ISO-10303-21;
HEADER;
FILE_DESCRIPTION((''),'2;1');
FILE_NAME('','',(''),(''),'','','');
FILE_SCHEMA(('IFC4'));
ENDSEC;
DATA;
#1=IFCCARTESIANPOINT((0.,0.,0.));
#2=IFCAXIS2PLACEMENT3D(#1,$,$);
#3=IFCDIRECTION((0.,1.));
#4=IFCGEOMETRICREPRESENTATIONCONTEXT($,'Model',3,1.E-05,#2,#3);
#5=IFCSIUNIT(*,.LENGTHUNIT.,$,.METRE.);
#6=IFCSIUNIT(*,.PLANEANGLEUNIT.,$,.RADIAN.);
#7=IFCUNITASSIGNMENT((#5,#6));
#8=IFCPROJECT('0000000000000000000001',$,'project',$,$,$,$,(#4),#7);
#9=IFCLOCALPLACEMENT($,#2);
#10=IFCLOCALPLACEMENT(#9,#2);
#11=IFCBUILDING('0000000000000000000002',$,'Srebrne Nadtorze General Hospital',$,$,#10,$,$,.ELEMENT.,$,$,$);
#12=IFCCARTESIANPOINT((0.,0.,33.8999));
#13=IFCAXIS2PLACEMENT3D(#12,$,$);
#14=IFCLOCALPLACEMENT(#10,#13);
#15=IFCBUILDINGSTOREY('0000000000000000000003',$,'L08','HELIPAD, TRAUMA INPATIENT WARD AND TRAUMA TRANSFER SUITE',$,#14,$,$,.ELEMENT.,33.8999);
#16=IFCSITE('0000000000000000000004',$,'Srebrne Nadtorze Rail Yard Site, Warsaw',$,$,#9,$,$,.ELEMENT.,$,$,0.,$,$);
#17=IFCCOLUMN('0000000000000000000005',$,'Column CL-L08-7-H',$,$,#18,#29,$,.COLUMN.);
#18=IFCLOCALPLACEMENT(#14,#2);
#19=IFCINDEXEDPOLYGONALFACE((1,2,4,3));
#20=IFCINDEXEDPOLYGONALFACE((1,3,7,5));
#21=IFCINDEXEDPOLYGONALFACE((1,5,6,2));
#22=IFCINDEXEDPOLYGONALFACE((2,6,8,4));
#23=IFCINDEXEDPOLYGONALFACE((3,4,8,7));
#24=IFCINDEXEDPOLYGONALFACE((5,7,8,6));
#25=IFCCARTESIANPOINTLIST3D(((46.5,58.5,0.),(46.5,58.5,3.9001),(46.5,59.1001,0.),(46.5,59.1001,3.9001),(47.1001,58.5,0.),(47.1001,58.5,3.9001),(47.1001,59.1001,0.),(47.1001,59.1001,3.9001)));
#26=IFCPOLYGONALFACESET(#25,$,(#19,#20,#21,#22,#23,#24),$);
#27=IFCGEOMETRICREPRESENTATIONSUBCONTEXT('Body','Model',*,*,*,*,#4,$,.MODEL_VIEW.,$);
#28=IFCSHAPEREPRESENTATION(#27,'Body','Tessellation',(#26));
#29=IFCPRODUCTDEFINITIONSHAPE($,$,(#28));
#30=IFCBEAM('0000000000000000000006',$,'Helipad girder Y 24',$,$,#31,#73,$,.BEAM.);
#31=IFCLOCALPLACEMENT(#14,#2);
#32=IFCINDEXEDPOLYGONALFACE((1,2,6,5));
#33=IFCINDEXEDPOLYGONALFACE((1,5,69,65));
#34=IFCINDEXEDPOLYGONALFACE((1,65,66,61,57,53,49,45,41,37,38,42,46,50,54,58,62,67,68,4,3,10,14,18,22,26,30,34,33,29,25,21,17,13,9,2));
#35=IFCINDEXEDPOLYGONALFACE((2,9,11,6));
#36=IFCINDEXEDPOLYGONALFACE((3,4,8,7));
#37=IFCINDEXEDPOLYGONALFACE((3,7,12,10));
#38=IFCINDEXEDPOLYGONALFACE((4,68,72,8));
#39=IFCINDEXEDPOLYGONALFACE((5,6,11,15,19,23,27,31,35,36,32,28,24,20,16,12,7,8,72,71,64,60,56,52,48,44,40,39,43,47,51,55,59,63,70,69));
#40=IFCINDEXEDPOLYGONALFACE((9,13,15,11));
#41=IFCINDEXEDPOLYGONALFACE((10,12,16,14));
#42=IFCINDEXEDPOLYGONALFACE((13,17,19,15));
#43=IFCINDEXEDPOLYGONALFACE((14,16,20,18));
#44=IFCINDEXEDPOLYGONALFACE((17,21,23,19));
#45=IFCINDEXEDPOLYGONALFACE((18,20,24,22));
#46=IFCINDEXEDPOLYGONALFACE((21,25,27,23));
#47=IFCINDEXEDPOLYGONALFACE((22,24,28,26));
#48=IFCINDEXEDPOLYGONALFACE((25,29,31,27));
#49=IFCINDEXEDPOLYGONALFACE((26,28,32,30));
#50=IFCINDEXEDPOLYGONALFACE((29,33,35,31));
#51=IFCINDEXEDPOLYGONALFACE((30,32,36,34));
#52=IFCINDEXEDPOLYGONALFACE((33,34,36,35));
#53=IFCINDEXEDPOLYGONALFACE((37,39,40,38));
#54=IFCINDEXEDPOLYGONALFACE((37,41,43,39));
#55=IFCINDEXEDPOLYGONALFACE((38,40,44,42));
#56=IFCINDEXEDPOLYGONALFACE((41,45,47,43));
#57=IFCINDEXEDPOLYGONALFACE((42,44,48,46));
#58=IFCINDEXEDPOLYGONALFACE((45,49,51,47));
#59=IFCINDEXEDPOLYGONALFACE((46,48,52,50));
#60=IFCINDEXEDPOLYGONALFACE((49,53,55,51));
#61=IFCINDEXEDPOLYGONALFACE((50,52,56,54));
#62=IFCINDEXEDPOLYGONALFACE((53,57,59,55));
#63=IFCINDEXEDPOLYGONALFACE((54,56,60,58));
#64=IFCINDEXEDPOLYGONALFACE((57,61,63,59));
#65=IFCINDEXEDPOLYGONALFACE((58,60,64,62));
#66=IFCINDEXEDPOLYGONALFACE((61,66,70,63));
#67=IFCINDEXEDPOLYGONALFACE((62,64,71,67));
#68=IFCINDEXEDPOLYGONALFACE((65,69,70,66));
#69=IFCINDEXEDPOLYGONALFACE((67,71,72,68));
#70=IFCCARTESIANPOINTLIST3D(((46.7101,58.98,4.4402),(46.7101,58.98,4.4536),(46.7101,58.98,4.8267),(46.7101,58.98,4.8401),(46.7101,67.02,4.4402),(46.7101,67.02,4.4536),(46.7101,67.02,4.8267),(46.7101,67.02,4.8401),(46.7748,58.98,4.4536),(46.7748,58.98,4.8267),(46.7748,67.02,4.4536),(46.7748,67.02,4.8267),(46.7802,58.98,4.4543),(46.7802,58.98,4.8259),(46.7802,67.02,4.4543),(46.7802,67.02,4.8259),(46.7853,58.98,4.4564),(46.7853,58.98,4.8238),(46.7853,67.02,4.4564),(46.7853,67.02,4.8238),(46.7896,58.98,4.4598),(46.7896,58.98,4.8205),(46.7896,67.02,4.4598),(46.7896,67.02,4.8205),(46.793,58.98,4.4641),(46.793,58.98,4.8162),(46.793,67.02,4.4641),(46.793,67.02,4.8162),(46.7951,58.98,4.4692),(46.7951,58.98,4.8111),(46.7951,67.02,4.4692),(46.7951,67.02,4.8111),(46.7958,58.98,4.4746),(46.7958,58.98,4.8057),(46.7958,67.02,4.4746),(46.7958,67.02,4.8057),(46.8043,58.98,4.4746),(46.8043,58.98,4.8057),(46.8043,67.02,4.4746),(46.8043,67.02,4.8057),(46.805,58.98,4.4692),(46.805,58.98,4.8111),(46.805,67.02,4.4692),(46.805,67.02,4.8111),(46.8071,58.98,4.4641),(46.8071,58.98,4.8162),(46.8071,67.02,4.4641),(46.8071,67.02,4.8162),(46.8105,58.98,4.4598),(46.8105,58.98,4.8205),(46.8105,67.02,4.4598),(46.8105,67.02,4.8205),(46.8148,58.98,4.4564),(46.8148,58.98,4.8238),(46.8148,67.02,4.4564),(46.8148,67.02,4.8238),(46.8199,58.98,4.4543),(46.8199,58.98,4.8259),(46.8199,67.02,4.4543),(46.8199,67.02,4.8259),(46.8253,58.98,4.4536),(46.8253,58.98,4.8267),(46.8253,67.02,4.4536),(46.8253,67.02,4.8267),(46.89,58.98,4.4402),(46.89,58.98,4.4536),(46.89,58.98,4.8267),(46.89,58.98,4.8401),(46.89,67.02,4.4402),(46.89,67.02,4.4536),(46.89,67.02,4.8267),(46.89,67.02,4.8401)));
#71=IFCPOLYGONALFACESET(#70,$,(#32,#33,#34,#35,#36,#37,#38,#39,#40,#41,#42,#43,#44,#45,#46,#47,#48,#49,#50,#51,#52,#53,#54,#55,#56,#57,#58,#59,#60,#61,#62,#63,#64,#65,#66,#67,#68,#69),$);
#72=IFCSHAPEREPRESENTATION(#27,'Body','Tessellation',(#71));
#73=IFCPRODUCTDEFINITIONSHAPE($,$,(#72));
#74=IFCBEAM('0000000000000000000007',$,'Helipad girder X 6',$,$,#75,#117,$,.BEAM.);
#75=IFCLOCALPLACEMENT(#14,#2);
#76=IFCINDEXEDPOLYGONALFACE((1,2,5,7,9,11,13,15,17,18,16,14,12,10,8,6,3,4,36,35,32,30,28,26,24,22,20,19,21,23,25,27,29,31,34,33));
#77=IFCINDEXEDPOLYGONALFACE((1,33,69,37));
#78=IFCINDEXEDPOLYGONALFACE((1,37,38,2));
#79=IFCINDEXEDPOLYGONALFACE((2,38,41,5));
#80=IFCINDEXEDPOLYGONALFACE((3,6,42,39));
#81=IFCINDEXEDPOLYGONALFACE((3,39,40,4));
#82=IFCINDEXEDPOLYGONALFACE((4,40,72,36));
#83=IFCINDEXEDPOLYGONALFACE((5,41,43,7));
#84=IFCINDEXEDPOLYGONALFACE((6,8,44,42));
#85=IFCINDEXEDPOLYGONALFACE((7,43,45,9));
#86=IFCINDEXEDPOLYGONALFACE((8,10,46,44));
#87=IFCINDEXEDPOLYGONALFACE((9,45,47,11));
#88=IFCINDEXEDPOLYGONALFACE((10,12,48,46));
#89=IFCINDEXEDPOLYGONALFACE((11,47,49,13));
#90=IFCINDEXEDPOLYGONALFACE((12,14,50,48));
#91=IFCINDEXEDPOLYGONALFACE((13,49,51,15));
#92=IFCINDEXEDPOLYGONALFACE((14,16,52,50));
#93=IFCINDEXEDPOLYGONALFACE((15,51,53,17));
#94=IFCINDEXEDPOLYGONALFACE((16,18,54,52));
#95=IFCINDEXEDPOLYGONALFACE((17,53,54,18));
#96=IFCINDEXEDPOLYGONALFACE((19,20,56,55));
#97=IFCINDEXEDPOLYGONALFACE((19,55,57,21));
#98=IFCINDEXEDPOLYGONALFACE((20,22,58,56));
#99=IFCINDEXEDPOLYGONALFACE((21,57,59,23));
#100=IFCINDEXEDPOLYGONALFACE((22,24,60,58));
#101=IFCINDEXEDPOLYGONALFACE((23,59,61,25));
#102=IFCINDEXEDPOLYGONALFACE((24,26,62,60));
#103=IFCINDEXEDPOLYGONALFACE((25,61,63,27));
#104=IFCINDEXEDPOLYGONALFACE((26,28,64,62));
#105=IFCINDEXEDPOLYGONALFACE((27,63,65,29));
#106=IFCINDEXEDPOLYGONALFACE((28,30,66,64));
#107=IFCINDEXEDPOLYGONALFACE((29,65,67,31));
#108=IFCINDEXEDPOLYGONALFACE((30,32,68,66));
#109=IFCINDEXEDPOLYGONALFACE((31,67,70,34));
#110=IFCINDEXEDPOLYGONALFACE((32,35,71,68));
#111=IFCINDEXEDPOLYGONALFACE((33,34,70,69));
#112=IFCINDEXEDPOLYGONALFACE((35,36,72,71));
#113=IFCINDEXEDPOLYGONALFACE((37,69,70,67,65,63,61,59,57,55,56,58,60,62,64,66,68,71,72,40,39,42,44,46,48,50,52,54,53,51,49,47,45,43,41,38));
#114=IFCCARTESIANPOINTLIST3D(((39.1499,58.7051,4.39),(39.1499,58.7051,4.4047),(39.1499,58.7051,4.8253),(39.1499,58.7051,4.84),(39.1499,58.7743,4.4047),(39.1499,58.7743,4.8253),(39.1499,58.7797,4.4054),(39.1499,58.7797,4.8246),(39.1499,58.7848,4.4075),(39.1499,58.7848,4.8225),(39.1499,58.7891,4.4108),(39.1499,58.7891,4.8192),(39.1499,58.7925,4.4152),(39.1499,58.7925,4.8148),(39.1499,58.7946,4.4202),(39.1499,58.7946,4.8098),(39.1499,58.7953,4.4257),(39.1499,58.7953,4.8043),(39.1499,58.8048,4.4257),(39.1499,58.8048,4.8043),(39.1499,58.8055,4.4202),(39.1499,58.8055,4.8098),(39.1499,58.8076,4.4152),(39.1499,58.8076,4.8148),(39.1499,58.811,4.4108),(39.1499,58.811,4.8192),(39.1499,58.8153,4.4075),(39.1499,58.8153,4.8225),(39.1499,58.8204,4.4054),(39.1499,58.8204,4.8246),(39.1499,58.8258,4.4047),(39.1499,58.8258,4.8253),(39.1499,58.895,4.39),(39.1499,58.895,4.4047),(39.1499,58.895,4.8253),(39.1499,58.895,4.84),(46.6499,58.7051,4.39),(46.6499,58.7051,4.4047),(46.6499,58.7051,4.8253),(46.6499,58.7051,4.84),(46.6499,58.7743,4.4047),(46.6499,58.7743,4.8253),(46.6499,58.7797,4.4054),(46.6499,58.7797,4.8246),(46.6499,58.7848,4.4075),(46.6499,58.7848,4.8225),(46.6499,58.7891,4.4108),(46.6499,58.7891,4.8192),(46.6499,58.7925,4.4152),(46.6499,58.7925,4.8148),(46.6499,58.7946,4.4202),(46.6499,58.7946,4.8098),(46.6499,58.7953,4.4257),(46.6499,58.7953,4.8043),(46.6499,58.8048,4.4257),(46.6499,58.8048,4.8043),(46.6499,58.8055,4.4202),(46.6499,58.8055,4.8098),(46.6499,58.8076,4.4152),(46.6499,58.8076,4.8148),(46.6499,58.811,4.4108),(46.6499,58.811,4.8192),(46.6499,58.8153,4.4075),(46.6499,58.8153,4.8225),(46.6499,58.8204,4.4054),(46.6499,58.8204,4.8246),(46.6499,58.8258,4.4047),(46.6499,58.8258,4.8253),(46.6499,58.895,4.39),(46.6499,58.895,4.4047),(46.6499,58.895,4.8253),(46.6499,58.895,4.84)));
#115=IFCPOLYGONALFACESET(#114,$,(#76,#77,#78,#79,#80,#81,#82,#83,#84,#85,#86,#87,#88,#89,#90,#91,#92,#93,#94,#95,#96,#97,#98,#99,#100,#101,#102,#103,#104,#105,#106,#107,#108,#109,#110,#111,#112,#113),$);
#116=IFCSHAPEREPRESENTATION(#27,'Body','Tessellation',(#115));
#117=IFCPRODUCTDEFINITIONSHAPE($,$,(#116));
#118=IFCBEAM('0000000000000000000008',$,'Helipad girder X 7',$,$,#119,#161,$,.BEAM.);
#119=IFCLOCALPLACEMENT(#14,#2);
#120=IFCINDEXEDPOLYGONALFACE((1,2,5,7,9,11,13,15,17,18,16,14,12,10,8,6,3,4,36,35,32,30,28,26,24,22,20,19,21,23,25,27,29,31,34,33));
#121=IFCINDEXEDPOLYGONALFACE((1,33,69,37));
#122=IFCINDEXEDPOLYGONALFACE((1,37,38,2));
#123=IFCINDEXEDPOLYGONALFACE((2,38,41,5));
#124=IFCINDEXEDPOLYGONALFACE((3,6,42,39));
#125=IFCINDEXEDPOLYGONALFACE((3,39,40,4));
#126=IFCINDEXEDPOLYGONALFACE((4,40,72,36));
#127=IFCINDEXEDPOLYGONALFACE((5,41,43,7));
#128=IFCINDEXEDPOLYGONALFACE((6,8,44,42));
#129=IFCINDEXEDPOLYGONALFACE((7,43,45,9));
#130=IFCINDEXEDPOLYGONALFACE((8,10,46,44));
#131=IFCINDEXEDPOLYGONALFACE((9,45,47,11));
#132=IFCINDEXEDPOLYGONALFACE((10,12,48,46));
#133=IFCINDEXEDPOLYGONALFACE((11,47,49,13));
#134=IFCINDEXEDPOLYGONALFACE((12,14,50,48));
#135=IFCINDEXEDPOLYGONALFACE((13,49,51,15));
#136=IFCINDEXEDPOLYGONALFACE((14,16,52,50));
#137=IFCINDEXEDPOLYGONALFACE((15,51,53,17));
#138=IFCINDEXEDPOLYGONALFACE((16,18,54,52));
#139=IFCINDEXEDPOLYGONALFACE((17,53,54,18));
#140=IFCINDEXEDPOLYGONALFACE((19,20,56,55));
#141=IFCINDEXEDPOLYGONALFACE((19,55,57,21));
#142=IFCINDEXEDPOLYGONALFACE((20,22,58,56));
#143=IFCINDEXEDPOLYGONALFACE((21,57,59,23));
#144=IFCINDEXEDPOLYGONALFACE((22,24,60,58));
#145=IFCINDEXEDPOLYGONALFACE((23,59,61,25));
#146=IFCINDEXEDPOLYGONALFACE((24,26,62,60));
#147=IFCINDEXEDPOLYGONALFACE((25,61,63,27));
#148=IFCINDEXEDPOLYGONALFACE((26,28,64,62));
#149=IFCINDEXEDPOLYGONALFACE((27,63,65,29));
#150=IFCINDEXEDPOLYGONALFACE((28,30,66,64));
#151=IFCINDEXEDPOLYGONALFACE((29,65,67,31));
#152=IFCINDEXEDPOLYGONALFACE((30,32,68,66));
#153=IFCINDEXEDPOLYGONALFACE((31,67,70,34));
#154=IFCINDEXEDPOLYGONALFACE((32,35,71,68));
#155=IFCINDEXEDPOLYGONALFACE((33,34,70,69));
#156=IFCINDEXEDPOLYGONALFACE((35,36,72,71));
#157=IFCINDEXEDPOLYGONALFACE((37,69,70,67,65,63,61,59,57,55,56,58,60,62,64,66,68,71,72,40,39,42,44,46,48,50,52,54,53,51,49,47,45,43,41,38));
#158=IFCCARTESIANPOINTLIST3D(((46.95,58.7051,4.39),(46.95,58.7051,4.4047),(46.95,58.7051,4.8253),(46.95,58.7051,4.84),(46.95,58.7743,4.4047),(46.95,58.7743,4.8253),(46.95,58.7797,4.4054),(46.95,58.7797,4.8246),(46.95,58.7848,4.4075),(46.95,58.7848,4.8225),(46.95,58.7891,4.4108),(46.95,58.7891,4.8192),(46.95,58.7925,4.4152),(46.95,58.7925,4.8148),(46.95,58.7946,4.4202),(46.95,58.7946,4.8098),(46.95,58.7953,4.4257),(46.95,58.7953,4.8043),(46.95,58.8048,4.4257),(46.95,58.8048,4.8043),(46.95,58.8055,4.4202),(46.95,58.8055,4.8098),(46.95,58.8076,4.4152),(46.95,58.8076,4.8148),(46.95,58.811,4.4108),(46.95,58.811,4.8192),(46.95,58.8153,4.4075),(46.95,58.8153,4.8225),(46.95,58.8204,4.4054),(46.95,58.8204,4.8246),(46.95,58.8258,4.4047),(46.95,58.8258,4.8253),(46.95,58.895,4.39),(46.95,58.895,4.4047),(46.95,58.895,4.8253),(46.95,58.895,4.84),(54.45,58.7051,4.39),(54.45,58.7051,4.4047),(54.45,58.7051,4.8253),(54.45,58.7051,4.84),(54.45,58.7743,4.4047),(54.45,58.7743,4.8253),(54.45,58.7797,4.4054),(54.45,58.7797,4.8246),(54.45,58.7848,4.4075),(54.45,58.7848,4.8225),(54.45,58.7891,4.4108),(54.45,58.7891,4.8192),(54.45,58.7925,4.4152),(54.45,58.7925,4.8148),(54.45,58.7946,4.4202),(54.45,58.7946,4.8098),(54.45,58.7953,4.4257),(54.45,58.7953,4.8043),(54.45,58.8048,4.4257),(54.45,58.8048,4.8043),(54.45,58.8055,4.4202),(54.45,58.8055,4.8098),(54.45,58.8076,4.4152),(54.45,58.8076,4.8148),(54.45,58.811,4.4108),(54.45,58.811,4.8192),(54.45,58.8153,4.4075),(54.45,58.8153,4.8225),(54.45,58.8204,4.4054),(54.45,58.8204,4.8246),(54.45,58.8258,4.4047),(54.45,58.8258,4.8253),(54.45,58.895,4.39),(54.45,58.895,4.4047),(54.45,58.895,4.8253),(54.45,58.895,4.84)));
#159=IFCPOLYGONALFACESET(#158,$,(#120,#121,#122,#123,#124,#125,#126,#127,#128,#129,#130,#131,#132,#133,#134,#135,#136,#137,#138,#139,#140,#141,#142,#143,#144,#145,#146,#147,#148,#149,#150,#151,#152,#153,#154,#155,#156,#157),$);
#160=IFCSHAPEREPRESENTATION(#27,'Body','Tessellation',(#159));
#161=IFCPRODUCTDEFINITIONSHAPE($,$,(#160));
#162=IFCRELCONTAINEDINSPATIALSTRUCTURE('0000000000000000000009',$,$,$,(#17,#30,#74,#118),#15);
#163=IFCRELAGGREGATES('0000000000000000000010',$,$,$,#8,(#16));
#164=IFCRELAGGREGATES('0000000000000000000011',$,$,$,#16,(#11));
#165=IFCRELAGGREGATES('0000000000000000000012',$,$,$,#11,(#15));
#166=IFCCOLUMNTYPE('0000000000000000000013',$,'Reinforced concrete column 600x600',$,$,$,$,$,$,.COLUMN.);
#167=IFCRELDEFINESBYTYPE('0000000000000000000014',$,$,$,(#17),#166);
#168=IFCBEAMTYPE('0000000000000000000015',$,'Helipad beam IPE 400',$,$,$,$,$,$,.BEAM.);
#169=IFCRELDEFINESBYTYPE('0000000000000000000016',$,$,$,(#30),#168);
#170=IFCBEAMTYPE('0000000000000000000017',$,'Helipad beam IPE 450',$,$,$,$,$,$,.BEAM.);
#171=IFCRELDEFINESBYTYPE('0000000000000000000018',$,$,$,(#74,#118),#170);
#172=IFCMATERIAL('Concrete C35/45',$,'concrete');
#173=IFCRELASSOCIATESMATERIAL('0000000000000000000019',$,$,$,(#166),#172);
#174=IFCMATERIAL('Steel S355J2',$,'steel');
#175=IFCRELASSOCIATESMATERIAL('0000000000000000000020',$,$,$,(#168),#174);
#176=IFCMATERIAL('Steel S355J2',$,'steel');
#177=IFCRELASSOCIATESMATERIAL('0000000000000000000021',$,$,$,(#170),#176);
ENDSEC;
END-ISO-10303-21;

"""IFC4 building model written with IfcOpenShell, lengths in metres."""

from ifc_helpers import new_model, si_unit, direction, frame, origin, origin_2d, place, context, subcontext, project, spatial, rectangle, i_section, extrude, material, material_profile, profile_set, type_object, element, save


model = new_model("IFC4")

# Units and contexts
model_context = context("Model", 3, precision=1e-05, world=origin(), true_north=direction((0.0, 1.0)))
body_context = subcontext(model_context, "Body", "Model", "MODEL_VIEW")
ifc_project = project(units=[si_unit("LENGTHUNIT", "METRE"), si_unit("PLANEANGLEUNIT", "RADIAN")], contexts=[model_context])

# Site, building, storey
site_placement = place(None, origin())
site = spatial("IfcSite", under=ifc_project, at=site_placement, Name="Srebrne Nadtorze Rail Yard Site, Warsaw", CompositionType="ELEMENT", RefElevation=0.0)
building_placement = place(site_placement, origin())
building = spatial("IfcBuilding", under=site, at=building_placement, Name="Srebrne Nadtorze General Hospital", CompositionType="ELEMENT")
storey_placement = place(building_placement, frame((0.0, 0.0, 33.8999)))
storey = spatial("IfcBuildingStorey", under=building, at=storey_placement, Name="L08", Description="HELIPAD, TRAUMA INPATIENT WARD AND TRAUMA TRANSFER SUITE", CompositionType="ELEMENT", Elevation=33.8999)

# Column
ifc_material_1 = material(Name="Concrete C35/45", Category="concrete")
ifc_material_profile_1 = material_profile(ifc_material_1, rectangle(XDim=0.6001, YDim=0.6001, at=origin_2d()), Name="RC-COL-600x600")
ifc_profile_set_1 = profile_set([ifc_material_profile_1], Name="Concrete C35/45")
column_type = type_object("IfcColumnType", Name="Reinforced concrete column 600x600", PredefinedType="COLUMN", material=ifc_profile_set_1)
column_placement = place(storey_placement, frame((46.8, 58.8, 0.0), z_axis=(0.0, 0.0, 1.0), x_axis=(1.0, 0.0, 0.0)))
element("IfcColumn", 1, at=column_placement, inside=storey, type_object=column_type, Name="Column CL-L08-7-H", PredefinedType="COLUMN", context=body_context, shape_type="SweptSolid", body=[
    extrude(rectangle(XDim=0.6001, YDim=0.6001, at=origin_2d()), origin(), (0.0, 0.0, 1.0), 3.9001),
])

# Beams
ifc_material_2 = material(Name="Steel S355J2", Category="steel")
ifc_material_profile_2 = material_profile(ifc_material_2, i_section(OverallWidth=0.1799, OverallDepth=0.3999, WebThickness=0.0085, FlangeThickness=0.0134, FilletRadius=0.021, at=origin_2d()), Name="IPE-400")
ifc_profile_set_2 = profile_set([ifc_material_profile_2], Name="Steel S355J2")
beam_type_1 = type_object("IfcBeamType", Name="Helipad beam IPE 400", PredefinedType="BEAM", material=ifc_profile_set_2)
beam_placement = place(storey_placement, frame((46.8, 58.98, 4.6401), z_axis=(0.0, 1.0, 0.0), x_axis=(-1.0, 0.0, 0.0)))
element("IfcBeam", 2, at=beam_placement, inside=storey, type_object=beam_type_1, Name="Helipad girder Y 24", PredefinedType="BEAM", context=body_context, shape_type="SweptSolid", body=[
    extrude(i_section(OverallWidth=0.1799, OverallDepth=0.3999, WebThickness=0.0085, FlangeThickness=0.0134, FilletRadius=0.021, at=origin_2d()), origin(), (0.0, 0.0, 1.0), 8.04),
])
ifc_material_3 = material(Name="Steel S355J2", Category="steel")
ifc_material_profile_3 = material_profile(ifc_material_3, i_section(OverallWidth=0.1899, OverallDepth=0.45, WebThickness=0.0095, FlangeThickness=0.0146, FilletRadius=0.021, at=origin_2d()), Name="IPE-450")
ifc_profile_set_3 = profile_set([ifc_material_profile_3], Name="Steel S355J2")
beam_type_2 = type_object("IfcBeamType", Name="Helipad beam IPE 450", PredefinedType="BEAM", material=ifc_profile_set_3)
for number, where, z_axis, x_axis, name in (
    (3, (39.1499, 58.8, 4.615), (1.0, 0.0, 0.0), (0.0, 1.0, 0.0), "Helipad girder X 6"),
    (4, (46.95, 58.8, 4.615), (1.0, 0.0, 0.0), (0.0, 1.0, 0.0), "Helipad girder X 7"),
):
    element("IfcBeam", number, at=place(storey_placement, frame(where, z_axis=z_axis, x_axis=x_axis)), inside=storey, type_object=beam_type_2, Name=name, PredefinedType="BEAM", context=body_context, shape_type="SweptSolid", body=[
        extrude(i_section(OverallWidth=0.1899, OverallDepth=0.45, WebThickness=0.0095, FlangeThickness=0.0146, FilletRadius=0.021, at=origin_2d()), origin(), (0.0, 0.0, 1.0), 7.5),
    ])

save(model, "model.ifc")
